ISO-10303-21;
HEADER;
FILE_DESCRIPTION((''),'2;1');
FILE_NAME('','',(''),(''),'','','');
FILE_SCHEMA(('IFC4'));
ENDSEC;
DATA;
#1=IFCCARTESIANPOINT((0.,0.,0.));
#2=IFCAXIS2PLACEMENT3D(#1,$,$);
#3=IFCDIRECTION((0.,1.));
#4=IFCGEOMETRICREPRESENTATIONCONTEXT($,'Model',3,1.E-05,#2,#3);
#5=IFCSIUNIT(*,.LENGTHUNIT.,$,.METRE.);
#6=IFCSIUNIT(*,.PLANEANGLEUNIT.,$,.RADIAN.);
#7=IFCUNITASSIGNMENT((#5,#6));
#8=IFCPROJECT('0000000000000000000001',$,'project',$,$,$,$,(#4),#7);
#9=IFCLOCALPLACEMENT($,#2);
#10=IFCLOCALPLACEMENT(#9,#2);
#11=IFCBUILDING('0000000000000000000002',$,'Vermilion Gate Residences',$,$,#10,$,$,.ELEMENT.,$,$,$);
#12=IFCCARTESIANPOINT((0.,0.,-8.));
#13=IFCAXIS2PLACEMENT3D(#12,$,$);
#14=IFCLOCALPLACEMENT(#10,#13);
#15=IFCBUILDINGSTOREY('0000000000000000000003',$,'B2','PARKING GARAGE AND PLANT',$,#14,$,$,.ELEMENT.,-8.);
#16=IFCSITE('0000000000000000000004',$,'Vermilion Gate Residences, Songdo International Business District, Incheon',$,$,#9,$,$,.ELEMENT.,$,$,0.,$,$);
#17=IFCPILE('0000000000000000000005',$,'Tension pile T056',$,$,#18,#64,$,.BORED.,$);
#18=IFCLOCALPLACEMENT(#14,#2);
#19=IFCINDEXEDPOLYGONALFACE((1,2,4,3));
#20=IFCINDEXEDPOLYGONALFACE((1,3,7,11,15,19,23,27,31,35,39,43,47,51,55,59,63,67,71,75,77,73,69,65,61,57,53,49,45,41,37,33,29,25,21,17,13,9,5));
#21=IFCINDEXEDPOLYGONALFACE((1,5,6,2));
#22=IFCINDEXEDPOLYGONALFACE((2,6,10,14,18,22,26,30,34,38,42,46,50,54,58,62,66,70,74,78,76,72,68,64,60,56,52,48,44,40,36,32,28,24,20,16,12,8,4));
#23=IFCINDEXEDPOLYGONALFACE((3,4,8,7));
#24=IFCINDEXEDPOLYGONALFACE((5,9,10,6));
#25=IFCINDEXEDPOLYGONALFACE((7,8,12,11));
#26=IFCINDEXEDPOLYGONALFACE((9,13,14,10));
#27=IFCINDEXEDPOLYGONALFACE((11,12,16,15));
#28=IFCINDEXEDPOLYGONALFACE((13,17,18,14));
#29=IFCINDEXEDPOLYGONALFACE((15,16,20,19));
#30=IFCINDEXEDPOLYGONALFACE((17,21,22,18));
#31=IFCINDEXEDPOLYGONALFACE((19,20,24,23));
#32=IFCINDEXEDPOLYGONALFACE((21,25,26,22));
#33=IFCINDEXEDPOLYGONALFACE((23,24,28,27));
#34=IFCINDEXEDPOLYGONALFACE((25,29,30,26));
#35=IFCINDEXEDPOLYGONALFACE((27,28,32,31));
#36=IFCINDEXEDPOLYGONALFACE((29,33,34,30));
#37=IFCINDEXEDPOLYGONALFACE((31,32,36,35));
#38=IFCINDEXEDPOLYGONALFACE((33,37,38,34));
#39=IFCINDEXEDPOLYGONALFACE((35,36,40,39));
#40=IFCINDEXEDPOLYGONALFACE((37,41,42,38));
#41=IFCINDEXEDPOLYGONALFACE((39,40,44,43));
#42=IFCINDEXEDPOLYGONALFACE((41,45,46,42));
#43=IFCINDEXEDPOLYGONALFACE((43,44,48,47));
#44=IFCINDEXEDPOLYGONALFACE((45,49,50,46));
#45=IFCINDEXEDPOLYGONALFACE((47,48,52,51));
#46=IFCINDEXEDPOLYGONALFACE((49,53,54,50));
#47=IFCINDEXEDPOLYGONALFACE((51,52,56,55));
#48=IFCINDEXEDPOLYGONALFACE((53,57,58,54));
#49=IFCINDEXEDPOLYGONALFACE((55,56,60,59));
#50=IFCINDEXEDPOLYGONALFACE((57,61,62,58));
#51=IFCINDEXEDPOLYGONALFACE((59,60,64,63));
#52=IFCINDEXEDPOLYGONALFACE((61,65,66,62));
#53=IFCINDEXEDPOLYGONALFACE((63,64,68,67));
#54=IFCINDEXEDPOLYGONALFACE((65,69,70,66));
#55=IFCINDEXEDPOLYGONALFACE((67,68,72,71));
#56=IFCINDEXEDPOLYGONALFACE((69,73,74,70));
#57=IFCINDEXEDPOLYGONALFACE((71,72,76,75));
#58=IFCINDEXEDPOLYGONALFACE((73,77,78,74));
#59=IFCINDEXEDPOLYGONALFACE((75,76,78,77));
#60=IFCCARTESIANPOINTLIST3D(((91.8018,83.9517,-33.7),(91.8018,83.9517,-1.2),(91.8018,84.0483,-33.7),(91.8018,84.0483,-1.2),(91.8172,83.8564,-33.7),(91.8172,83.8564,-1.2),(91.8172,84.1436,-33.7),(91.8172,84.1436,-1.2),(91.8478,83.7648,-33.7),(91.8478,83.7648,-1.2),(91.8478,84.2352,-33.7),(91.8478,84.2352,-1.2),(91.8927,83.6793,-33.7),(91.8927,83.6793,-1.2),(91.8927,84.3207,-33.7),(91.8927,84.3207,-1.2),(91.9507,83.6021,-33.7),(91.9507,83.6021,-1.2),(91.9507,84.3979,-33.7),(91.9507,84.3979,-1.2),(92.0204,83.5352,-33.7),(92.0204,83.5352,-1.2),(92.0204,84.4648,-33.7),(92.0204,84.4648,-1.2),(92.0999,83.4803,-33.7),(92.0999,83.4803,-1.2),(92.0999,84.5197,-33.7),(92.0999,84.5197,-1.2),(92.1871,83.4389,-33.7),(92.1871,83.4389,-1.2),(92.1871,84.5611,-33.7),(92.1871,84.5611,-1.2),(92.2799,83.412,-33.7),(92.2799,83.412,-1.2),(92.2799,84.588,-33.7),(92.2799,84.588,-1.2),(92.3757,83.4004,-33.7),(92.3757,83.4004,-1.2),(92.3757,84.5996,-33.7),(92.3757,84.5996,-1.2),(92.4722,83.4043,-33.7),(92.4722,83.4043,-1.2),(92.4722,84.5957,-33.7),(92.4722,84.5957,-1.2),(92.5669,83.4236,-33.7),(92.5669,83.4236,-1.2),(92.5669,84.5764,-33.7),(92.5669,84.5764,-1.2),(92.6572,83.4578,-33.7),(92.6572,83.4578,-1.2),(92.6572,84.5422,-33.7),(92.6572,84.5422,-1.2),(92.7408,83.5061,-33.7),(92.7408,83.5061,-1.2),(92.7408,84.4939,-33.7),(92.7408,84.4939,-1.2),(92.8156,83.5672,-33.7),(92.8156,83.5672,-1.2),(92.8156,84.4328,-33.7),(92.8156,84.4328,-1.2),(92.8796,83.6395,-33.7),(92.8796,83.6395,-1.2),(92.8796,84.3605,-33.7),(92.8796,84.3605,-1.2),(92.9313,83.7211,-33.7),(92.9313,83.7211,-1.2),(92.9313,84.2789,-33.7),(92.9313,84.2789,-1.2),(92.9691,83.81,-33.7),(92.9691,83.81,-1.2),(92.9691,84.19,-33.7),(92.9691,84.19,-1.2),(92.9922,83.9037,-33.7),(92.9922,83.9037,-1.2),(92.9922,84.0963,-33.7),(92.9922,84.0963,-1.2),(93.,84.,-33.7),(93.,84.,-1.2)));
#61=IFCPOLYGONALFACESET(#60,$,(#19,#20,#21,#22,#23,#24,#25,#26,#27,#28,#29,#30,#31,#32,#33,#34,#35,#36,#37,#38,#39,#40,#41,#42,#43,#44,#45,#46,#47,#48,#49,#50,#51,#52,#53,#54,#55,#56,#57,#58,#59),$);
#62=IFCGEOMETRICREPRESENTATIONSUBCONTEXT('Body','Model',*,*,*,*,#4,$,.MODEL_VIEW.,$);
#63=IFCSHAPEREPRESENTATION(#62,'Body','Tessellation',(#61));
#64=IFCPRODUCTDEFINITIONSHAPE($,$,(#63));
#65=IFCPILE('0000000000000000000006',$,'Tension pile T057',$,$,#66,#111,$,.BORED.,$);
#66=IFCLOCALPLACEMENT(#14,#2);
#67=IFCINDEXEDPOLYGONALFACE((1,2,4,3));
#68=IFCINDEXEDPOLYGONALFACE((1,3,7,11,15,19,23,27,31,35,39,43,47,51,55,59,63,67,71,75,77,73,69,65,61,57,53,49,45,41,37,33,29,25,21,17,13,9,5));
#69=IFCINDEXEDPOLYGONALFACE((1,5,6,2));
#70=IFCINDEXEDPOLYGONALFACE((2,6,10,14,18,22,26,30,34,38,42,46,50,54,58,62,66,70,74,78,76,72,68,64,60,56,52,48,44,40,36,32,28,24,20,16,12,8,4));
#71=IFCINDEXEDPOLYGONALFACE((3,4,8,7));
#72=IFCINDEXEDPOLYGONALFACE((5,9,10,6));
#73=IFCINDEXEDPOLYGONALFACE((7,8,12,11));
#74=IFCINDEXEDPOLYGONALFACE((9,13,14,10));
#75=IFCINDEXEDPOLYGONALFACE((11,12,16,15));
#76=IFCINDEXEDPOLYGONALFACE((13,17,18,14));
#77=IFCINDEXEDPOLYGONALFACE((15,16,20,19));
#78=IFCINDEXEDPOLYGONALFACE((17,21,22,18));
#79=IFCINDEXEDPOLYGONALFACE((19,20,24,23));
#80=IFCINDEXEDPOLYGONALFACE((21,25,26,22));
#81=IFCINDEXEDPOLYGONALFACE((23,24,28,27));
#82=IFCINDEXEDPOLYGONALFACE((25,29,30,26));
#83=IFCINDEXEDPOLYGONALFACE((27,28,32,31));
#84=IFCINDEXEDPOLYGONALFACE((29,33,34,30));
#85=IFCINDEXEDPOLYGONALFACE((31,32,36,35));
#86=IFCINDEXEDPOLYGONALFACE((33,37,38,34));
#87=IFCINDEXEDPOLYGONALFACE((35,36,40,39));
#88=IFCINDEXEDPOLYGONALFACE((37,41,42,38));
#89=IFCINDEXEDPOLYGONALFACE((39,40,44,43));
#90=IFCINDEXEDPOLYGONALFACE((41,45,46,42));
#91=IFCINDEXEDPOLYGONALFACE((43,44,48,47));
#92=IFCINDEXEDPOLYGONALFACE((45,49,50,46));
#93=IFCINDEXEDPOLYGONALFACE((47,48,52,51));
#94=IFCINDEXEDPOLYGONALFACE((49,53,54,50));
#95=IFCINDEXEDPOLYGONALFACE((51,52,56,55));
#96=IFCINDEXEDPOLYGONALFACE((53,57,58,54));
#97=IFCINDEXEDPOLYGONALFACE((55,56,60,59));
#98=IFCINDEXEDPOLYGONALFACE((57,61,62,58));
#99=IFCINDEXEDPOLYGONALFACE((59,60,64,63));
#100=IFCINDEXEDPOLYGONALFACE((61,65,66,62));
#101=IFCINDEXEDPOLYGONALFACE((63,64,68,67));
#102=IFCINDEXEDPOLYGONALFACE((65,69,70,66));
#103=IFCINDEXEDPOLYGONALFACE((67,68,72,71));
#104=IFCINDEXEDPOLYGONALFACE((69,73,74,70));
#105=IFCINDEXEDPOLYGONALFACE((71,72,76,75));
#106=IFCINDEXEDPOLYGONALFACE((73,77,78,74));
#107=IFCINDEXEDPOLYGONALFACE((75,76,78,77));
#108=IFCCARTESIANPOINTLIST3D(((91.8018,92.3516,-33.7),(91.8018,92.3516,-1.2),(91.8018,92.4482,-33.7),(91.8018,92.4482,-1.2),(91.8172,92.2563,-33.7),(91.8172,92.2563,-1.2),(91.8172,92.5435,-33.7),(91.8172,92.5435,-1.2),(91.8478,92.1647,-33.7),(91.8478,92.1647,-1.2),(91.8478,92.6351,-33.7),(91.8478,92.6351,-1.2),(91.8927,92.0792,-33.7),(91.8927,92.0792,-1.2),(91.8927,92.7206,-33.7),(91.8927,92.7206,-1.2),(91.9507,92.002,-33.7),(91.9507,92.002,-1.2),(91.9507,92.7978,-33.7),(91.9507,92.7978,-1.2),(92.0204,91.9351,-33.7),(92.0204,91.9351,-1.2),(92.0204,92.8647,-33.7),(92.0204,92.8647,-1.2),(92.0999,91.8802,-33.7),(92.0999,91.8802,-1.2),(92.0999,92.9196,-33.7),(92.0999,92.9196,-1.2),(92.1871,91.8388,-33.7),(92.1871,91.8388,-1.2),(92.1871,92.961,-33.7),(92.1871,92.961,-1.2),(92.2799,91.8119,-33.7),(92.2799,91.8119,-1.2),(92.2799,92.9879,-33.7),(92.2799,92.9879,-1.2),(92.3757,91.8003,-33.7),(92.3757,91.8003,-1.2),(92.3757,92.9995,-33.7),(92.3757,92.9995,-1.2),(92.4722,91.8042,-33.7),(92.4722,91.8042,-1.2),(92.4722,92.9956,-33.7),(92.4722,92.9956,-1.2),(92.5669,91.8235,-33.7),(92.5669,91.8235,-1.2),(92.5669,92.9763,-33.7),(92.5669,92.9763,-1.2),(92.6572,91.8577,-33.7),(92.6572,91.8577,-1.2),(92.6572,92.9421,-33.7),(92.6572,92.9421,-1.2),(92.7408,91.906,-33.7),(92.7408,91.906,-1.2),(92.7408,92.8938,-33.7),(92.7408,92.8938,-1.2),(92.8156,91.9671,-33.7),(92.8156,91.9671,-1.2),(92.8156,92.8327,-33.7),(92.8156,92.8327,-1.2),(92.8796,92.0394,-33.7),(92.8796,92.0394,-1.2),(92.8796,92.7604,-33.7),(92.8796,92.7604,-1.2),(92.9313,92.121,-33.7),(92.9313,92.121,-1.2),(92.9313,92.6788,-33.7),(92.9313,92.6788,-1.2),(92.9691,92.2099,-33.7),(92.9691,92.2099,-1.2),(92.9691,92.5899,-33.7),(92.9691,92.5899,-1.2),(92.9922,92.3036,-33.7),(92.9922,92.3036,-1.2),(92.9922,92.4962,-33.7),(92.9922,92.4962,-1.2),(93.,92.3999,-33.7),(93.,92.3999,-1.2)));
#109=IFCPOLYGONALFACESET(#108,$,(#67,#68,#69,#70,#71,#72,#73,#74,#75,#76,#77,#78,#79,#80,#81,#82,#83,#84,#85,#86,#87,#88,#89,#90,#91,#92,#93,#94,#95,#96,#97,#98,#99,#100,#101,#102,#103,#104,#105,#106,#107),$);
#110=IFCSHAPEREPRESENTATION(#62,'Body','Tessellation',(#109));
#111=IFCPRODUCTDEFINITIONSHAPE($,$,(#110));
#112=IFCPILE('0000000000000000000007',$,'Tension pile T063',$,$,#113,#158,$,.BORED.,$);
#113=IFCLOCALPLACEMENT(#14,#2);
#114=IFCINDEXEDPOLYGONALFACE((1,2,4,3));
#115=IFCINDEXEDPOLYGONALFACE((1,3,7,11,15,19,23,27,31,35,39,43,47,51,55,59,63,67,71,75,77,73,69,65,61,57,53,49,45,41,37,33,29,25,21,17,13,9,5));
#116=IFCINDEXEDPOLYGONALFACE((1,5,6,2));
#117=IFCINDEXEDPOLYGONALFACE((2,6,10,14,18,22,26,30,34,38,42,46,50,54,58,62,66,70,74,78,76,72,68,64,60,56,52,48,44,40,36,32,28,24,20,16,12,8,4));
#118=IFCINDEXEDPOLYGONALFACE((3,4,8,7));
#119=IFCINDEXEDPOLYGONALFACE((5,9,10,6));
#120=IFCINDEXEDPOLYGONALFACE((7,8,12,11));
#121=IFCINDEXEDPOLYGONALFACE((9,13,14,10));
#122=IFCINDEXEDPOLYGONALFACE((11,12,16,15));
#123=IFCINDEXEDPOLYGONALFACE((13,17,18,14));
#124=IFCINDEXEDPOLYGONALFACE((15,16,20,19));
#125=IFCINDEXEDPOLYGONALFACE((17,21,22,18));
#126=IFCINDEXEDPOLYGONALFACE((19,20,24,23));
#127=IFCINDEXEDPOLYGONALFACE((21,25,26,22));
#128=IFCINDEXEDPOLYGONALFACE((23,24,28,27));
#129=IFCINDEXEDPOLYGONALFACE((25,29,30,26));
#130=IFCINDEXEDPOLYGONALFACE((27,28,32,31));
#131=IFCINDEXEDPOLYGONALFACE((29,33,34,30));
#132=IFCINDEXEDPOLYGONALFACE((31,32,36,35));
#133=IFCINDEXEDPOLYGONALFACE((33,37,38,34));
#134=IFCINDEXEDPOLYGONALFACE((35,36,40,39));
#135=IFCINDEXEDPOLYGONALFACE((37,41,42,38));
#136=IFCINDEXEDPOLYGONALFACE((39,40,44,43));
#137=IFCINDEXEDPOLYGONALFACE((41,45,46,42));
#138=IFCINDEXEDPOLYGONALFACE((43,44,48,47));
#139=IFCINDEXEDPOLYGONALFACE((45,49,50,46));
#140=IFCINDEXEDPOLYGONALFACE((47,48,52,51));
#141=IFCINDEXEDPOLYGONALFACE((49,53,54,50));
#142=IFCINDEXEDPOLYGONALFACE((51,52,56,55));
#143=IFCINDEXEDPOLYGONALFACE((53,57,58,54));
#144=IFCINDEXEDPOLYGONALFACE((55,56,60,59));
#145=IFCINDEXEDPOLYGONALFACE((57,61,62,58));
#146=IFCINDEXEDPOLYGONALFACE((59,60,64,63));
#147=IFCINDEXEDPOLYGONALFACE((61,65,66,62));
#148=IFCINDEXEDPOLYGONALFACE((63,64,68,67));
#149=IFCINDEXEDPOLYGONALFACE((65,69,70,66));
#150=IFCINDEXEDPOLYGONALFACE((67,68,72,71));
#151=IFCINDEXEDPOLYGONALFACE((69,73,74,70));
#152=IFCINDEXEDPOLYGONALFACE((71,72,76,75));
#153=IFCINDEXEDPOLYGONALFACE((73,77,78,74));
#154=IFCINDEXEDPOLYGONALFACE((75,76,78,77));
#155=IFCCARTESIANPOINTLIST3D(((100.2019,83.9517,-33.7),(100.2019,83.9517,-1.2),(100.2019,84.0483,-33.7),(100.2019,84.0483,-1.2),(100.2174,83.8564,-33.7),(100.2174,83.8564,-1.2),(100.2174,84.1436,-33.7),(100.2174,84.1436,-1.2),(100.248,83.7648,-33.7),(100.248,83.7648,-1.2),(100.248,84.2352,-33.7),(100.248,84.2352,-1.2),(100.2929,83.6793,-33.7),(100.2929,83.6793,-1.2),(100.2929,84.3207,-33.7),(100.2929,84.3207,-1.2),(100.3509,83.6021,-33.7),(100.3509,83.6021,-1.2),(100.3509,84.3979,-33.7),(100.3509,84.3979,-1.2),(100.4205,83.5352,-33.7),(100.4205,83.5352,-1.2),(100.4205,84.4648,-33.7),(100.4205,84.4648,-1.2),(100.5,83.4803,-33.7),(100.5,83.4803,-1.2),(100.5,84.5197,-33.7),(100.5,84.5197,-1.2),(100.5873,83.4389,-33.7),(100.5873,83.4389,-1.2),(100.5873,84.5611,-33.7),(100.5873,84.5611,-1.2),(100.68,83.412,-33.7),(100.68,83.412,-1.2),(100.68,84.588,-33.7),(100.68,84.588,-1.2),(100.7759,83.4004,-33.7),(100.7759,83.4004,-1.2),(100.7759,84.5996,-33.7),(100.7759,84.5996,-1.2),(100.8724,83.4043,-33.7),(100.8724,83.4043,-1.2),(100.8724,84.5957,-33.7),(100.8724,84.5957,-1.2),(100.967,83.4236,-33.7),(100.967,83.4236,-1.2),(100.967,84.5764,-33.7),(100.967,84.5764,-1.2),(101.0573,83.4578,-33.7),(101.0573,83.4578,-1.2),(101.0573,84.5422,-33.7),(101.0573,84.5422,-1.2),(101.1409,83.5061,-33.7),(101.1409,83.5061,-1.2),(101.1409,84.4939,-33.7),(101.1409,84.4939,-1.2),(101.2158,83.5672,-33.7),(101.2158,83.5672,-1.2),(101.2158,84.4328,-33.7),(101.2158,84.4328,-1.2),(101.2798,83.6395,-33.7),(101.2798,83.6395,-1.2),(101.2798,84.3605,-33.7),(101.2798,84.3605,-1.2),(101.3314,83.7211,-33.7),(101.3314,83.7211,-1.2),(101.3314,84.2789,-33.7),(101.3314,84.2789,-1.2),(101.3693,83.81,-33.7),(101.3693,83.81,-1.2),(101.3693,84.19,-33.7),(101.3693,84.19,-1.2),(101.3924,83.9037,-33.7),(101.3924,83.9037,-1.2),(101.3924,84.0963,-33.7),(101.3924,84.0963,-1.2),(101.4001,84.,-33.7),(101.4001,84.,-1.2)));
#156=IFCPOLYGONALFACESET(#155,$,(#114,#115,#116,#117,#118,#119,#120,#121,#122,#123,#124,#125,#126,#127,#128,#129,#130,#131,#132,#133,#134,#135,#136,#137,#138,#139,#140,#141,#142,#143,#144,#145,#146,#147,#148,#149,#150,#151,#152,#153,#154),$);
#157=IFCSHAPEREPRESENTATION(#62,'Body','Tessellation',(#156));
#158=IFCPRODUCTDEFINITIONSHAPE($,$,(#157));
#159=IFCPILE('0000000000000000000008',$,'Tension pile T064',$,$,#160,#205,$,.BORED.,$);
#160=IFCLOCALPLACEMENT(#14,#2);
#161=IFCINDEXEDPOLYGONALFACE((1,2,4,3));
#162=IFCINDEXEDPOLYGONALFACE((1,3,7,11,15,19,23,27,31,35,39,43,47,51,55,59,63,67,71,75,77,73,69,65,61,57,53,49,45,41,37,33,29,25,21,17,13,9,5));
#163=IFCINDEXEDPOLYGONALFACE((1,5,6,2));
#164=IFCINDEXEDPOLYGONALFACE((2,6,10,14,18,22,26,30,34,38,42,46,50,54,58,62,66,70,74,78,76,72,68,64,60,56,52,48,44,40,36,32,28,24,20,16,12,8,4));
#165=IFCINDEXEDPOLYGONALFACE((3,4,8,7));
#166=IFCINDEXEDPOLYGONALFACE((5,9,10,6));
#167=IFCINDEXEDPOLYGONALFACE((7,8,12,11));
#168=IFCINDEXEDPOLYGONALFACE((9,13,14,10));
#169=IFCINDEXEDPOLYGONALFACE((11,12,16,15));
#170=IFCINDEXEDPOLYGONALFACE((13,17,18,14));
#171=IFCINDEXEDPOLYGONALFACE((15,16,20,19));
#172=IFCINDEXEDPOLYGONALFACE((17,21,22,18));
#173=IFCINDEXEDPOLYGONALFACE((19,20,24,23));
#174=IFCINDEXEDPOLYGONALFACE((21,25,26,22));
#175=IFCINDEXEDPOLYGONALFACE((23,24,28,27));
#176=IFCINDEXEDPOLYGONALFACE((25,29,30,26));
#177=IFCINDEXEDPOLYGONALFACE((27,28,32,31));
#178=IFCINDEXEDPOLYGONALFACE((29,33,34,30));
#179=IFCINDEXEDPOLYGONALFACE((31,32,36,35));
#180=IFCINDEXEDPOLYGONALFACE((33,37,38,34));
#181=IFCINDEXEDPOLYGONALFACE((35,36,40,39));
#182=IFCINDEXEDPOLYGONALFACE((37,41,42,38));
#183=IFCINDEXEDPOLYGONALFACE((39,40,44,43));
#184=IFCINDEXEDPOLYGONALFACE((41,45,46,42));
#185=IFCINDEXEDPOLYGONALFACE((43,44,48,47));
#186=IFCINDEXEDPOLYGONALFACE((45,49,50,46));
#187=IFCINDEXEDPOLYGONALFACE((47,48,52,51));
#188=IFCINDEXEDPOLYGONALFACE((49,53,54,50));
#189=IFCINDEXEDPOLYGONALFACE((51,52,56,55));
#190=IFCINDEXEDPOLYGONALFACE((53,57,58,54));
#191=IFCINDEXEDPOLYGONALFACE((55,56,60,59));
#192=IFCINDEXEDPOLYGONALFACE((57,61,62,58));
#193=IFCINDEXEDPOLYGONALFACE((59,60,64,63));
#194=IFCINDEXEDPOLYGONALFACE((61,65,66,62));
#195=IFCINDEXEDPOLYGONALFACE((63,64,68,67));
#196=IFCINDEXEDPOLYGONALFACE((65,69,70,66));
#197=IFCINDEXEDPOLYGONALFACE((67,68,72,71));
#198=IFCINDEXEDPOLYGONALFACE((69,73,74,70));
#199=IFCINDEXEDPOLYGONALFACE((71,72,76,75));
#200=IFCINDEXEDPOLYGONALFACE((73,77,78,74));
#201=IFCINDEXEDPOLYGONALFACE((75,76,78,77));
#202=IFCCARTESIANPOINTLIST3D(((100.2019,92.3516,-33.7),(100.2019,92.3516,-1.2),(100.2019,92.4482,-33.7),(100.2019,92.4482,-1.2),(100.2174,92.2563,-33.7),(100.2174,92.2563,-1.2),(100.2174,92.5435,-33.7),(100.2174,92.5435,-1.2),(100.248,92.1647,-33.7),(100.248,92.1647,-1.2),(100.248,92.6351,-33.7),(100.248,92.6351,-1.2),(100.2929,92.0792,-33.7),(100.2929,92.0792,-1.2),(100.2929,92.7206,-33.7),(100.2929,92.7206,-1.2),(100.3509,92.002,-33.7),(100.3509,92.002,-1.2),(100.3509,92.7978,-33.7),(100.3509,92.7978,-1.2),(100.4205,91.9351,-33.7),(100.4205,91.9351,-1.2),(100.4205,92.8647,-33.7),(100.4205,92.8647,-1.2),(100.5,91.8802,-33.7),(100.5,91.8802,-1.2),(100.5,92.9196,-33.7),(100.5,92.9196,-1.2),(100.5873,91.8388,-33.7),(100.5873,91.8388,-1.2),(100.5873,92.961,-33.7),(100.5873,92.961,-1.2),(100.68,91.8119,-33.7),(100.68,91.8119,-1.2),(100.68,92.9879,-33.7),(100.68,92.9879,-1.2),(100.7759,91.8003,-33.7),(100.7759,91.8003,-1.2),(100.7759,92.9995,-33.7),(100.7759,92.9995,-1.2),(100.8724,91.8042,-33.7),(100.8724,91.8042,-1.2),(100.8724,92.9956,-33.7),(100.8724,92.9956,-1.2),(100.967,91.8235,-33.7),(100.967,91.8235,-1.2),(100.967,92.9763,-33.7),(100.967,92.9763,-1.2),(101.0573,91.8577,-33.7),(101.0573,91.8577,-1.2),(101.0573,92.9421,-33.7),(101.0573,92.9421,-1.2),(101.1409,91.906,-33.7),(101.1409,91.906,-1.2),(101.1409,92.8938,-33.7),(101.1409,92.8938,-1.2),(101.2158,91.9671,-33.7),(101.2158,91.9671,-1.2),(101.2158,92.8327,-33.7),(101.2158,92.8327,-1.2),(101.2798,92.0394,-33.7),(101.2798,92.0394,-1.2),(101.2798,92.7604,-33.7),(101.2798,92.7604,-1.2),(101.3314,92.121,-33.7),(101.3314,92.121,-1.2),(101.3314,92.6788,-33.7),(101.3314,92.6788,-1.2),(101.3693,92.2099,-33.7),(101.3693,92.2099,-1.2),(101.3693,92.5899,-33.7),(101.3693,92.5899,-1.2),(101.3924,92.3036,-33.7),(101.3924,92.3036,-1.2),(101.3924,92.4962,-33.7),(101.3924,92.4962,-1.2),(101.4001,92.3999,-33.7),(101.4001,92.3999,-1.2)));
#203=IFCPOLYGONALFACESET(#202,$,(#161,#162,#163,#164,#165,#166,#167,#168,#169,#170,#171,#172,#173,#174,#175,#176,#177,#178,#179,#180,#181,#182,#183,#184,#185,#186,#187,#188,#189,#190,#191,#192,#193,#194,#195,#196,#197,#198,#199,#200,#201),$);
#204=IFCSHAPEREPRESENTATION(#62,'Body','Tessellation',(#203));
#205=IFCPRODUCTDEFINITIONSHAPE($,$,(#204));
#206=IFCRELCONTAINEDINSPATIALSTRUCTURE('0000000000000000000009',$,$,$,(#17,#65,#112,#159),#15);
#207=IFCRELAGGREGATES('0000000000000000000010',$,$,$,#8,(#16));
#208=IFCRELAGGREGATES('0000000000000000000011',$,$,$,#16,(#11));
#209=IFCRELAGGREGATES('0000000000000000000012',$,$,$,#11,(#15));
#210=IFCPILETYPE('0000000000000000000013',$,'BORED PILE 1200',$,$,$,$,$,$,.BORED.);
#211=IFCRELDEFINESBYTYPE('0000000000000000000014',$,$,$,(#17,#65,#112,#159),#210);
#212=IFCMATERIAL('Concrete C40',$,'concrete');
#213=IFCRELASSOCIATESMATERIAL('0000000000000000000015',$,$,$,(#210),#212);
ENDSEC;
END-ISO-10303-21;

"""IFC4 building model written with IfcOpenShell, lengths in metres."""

from ifc_helpers import new_model, si_unit, direction, frame, origin, origin_2d, place, context, subcontext, project, spatial, circle, extrude, material, material_profile, profile_set, type_object, element, save


model = new_model("IFC4")

# Units and contexts
model_context = context("Model", 3, precision=1e-05, world=origin(), true_north=direction((0.0, 1.0)))
body_context = subcontext(model_context, "Body", "Model", "MODEL_VIEW")
ifc_project = project(units=[si_unit("LENGTHUNIT", "METRE"), si_unit("PLANEANGLEUNIT", "RADIAN")], contexts=[model_context])

# Site, building, storey
site_placement = place(None, origin())
site = spatial("IfcSite", under=ifc_project, at=site_placement, Name="Vermilion Gate Residences, Songdo International Business District, Incheon", CompositionType="ELEMENT", RefElevation=0.0)
building_placement = place(site_placement, origin())
building = spatial("IfcBuilding", under=site, at=building_placement, Name="Vermilion Gate Residences", CompositionType="ELEMENT")
storey_placement = place(building_placement, frame((0.0, 0.0, -8.0)))
storey = spatial("IfcBuildingStorey", under=building, at=storey_placement, Name="B2", Description="PARKING GARAGE AND PLANT", CompositionType="ELEMENT", Elevation=-8.0)

# Piles
ifc_material_1 = material(Name="Concrete C40", Category="concrete")
ifc_material_profile_1 = material_profile(ifc_material_1, circle(Radius=0.6001, at=origin_2d()), Name="BORED PILE 1200")
ifc_profile_set_1 = profile_set([ifc_material_profile_1], Name="Concrete C40")
pile_type = type_object("IfcPileType", Name="BORED PILE 1200", PredefinedType="BORED", material=ifc_profile_set_1)
for number, where, z_axis, x_axis, name in (
    (1, (92.3999, 84.0, -1.2), (0.0, 0.0, -1.0), (1.0, 0.0, 0.0), "Tension pile T056"),
    (2, (92.3999, 92.3999, -1.2), (0.0, 0.0, -1.0), (1.0, 0.0, 0.0), "Tension pile T057"),
    (3, (100.8, 84.0, -1.2), (0.0, 0.0, -1.0), (1.0, 0.0, 0.0), "Tension pile T063"),
    (4, (100.8, 92.3999, -1.2), (0.0, 0.0, -1.0), (1.0, 0.0, 0.0), "Tension pile T064"),
):
    element("IfcPile", number, at=place(storey_placement, frame(where, z_axis=z_axis, x_axis=x_axis)), inside=storey, type_object=pile_type, Name=name, PredefinedType="BORED", context=body_context, shape_type="SweptSolid", body=[
        extrude(circle(Radius=0.6001, at=origin_2d()), origin(), (0.0, 0.0, 1.0), 32.5),
    ])

save(model, "model.ifc")
